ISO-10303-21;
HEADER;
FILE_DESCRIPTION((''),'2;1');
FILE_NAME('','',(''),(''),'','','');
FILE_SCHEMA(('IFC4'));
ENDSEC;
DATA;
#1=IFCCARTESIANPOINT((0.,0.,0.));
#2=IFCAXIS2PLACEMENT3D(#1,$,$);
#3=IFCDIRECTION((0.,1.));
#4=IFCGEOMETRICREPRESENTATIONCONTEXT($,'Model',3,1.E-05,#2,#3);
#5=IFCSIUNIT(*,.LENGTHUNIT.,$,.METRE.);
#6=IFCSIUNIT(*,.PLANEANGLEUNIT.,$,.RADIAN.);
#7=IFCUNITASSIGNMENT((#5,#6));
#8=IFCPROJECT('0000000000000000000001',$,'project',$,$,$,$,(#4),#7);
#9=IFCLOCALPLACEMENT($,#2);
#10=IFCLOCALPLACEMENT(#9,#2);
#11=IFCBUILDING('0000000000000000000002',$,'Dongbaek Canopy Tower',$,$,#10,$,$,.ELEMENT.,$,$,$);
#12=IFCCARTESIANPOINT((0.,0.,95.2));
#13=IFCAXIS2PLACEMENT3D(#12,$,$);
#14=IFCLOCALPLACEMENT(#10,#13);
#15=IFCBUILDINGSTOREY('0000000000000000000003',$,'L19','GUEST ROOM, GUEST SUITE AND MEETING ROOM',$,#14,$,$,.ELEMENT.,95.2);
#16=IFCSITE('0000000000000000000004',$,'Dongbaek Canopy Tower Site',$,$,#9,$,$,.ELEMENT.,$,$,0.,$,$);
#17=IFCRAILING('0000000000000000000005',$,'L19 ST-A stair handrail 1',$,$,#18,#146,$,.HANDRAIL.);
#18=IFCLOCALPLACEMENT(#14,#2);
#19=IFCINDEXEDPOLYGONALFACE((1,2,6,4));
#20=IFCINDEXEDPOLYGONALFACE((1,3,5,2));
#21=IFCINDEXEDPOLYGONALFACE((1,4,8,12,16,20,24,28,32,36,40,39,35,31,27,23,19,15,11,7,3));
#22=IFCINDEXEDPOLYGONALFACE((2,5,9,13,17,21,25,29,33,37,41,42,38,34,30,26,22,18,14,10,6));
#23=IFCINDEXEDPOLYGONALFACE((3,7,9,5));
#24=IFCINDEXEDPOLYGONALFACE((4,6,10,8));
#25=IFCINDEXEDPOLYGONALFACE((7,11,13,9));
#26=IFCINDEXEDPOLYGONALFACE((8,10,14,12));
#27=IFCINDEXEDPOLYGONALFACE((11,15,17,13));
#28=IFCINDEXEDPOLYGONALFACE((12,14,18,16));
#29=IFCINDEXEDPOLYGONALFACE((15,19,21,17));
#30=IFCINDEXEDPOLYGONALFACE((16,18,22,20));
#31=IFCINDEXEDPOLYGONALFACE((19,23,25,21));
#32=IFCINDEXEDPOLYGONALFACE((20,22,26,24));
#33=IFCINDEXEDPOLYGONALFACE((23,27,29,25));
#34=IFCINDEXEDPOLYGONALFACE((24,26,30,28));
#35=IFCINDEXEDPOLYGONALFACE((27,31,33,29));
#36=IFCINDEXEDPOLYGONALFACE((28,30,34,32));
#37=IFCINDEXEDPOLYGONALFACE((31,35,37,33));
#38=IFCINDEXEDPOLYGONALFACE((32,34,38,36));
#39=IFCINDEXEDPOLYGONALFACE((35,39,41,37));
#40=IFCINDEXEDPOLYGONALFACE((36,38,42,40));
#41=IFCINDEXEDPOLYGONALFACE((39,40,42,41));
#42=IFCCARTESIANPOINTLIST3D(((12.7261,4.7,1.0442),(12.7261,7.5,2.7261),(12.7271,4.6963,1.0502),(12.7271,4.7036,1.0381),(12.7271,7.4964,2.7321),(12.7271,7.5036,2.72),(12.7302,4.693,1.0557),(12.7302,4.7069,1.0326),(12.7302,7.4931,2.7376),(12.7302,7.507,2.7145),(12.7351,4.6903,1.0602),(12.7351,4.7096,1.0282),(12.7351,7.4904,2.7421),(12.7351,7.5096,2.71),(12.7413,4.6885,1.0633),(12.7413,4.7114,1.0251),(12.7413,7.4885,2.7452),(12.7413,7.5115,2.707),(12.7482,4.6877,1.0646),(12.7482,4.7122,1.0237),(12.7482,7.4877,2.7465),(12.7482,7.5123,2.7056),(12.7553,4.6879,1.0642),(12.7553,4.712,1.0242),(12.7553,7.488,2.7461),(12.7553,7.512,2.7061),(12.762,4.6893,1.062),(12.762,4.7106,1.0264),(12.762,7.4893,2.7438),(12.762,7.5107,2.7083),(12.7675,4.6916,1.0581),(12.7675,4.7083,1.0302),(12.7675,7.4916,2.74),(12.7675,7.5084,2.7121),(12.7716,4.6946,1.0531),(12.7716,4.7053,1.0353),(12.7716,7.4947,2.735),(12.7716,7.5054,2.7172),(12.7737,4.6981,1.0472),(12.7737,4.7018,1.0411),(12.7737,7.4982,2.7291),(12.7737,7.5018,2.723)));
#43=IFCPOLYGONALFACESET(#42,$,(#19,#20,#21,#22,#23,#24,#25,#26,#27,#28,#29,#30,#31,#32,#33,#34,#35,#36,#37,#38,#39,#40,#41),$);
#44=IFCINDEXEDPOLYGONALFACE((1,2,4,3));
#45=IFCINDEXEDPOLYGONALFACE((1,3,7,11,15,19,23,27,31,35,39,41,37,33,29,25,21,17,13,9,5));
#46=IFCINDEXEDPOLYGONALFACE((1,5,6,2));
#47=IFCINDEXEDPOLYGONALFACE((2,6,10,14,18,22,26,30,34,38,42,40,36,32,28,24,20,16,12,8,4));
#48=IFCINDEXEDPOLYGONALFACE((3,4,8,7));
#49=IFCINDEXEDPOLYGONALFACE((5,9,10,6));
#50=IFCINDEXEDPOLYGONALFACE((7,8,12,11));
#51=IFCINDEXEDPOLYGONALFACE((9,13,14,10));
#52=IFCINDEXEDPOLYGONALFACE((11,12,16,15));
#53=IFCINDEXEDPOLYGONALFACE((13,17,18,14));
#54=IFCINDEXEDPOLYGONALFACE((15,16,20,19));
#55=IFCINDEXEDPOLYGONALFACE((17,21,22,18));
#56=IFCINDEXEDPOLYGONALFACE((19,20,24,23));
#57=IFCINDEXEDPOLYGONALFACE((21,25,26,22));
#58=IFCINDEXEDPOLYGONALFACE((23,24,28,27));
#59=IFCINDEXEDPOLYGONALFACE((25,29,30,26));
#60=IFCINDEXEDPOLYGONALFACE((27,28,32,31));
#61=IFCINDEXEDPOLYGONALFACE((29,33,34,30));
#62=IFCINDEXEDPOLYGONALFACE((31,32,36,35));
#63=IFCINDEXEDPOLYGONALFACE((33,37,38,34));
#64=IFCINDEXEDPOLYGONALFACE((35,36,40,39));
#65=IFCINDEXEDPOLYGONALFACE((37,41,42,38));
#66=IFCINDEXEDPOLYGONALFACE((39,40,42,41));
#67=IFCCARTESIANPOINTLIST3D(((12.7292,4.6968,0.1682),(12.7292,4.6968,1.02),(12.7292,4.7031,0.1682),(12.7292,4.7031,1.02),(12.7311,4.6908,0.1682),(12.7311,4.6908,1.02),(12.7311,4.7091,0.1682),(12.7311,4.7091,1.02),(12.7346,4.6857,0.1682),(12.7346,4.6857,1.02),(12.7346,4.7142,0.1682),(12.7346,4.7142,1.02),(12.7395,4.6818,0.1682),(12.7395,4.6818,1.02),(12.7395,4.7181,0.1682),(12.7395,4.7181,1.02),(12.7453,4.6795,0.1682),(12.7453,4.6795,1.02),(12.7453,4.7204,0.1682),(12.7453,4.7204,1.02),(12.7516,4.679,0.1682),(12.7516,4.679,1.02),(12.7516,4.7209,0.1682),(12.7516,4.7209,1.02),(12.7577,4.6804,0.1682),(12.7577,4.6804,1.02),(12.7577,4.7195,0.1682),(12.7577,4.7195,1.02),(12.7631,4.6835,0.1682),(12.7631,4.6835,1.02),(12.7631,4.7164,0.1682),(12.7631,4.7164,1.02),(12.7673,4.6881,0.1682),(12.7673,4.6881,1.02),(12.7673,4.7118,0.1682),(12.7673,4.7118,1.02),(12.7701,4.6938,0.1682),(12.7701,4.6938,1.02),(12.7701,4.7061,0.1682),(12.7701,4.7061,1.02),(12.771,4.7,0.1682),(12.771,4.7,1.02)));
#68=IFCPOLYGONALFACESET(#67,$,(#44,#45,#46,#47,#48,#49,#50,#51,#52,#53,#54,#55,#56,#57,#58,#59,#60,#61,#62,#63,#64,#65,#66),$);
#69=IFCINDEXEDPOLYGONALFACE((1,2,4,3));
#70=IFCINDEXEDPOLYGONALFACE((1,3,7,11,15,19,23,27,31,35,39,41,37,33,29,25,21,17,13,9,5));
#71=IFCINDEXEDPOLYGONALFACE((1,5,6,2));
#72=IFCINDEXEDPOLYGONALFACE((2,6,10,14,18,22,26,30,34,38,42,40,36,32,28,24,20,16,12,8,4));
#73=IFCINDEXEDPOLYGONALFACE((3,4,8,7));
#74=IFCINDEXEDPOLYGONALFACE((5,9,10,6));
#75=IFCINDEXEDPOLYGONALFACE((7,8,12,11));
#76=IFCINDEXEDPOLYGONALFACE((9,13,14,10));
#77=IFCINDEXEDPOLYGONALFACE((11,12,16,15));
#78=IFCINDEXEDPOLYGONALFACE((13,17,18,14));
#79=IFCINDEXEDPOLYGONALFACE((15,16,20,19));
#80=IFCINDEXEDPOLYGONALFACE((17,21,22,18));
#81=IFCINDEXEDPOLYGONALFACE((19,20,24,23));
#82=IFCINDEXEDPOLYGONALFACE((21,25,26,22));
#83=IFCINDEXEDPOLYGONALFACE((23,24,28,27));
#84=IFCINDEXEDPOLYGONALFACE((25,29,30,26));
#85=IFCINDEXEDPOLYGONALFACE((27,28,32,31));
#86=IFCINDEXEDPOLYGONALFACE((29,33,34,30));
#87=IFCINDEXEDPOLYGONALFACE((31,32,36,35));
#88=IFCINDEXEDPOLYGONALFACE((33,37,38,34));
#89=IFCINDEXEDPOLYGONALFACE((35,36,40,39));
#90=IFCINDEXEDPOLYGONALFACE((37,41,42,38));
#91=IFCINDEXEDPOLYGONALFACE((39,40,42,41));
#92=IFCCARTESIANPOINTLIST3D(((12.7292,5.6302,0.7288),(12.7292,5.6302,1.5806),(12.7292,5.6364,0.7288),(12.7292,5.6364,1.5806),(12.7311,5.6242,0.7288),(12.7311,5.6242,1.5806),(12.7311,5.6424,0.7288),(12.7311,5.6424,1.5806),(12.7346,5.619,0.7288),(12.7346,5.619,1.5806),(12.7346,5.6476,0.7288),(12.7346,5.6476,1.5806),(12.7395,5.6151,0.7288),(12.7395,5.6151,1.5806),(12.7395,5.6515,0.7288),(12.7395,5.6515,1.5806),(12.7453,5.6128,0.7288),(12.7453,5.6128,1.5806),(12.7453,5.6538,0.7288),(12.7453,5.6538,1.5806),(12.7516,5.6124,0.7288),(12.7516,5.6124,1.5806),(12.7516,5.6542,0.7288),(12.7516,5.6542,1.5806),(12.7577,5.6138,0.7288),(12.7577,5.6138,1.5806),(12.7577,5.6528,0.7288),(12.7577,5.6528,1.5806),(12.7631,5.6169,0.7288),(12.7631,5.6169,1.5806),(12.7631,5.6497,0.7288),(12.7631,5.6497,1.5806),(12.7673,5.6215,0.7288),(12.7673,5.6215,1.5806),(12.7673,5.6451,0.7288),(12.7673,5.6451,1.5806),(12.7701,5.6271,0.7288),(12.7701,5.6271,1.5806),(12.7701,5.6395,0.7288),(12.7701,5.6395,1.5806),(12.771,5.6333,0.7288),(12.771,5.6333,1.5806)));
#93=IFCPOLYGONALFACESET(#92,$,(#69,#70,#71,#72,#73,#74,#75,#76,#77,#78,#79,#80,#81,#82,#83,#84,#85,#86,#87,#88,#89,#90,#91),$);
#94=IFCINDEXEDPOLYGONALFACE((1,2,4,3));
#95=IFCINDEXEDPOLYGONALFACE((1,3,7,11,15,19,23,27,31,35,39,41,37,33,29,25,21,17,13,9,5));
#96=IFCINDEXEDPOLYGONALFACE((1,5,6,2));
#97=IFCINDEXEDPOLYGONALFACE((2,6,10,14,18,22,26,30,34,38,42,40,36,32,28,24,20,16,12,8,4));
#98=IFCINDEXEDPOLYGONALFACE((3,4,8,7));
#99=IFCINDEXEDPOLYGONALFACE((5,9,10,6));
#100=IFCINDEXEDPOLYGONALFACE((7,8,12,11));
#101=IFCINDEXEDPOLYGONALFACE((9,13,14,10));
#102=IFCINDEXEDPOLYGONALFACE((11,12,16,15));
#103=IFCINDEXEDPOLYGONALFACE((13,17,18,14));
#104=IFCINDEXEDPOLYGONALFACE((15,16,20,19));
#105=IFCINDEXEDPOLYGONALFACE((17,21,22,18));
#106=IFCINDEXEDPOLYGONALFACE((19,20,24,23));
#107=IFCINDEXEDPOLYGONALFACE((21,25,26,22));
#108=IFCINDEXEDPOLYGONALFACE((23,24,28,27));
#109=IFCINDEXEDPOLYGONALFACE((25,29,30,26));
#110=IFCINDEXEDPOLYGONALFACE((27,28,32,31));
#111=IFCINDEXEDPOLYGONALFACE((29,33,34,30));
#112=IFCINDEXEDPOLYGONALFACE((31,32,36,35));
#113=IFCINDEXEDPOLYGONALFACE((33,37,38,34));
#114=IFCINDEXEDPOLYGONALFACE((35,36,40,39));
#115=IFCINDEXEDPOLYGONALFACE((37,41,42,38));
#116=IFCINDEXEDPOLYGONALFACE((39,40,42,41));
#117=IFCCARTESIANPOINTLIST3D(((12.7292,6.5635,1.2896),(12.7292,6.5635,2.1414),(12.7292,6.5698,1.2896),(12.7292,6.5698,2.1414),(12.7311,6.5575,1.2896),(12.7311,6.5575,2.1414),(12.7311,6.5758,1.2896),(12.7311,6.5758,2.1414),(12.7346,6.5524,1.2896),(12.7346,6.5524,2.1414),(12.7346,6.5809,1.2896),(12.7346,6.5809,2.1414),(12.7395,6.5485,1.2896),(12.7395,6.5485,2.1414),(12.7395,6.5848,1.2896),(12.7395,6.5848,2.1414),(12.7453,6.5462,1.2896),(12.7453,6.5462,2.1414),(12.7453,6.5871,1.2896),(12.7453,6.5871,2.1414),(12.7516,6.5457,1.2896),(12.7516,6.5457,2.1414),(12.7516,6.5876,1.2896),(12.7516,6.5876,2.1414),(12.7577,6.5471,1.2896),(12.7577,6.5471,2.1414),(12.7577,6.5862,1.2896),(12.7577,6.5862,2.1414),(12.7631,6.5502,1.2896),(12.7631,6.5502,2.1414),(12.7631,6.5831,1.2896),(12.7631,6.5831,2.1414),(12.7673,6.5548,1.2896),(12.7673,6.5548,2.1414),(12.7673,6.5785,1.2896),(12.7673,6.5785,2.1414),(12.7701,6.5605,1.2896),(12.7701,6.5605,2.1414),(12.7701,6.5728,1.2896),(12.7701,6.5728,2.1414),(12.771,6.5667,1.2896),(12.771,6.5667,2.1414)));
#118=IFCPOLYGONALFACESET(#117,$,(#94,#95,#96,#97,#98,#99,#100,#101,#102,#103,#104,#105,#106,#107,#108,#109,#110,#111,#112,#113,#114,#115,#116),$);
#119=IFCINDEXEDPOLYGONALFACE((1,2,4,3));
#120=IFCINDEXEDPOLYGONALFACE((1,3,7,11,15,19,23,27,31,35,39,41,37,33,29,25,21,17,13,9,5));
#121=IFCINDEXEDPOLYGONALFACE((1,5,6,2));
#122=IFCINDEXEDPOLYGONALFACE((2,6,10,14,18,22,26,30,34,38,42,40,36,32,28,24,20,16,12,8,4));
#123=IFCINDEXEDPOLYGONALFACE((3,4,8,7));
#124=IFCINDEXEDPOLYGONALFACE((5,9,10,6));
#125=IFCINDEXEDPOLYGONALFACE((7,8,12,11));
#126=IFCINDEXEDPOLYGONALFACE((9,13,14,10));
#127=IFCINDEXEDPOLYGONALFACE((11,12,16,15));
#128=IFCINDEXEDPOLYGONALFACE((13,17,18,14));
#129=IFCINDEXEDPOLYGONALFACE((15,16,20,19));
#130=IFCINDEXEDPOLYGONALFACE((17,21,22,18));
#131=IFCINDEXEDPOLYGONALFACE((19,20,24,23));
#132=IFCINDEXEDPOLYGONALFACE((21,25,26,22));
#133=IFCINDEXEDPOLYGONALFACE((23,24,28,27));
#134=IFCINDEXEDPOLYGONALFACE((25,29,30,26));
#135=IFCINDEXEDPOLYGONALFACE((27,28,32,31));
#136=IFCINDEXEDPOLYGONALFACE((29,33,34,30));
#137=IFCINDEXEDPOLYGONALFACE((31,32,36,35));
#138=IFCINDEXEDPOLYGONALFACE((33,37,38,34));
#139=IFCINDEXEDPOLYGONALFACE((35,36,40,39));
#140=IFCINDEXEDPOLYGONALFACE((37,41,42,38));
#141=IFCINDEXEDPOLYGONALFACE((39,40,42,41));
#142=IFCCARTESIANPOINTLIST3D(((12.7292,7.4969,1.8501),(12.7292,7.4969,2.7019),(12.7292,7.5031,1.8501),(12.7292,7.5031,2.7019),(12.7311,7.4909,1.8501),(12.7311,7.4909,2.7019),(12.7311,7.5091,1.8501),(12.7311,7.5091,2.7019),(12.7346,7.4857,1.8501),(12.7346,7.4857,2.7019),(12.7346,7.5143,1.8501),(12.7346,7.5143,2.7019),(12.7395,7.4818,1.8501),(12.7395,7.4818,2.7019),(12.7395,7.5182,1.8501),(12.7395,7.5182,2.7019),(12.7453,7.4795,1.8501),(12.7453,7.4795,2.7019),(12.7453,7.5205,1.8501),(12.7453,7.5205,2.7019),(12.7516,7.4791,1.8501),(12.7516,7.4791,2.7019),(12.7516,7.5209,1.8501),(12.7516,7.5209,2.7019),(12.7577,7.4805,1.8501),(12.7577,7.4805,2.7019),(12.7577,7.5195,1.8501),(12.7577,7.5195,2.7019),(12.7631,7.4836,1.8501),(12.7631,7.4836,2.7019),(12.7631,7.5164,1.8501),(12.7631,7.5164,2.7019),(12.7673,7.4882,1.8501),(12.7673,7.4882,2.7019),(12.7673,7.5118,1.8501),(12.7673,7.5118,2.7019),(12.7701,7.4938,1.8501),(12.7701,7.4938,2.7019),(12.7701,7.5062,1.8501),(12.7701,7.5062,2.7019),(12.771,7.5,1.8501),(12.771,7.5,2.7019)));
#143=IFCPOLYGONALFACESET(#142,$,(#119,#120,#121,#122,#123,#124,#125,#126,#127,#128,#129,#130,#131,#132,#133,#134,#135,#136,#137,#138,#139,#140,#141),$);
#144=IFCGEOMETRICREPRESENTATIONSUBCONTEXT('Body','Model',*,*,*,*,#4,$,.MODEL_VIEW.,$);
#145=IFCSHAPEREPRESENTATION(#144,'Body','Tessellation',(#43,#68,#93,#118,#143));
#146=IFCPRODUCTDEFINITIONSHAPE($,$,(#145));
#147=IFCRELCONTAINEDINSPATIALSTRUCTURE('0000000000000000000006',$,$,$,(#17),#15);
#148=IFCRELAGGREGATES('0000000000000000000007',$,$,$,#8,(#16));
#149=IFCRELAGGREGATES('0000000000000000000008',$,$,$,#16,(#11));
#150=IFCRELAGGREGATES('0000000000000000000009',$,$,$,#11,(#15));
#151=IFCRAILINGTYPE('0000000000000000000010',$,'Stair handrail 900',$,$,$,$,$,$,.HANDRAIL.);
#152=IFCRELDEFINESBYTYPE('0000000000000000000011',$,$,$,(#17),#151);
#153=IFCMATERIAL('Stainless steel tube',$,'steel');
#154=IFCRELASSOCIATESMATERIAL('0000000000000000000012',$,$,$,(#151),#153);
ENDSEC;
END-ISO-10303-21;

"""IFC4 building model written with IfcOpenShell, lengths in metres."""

from ifc_helpers import new_model, si_unit, direction, frame, origin, origin_2d, place, context, subcontext, project, spatial, circle, extrude, material, type_object, element, save


model = new_model("IFC4")

# Units and contexts
model_context = context("Model", 3, precision=1e-05, world=origin(), true_north=direction((0.0, 1.0)))
body_context = subcontext(model_context, "Body", "Model", "MODEL_VIEW")
ifc_project = project(units=[si_unit("LENGTHUNIT", "METRE"), si_unit("PLANEANGLEUNIT", "RADIAN")], contexts=[model_context])

# Site, building, storey
site_placement = place(None, origin())
site = spatial("IfcSite", under=ifc_project, at=site_placement, Name="Dongbaek Canopy Tower Site", CompositionType="ELEMENT", RefElevation=0.0)
building_placement = place(site_placement, origin())
building = spatial("IfcBuilding", under=site, at=building_placement, Name="Dongbaek Canopy Tower", CompositionType="ELEMENT")
storey_placement = place(building_placement, frame((0.0, 0.0, 95.2)))
storey = spatial("IfcBuildingStorey", under=building, at=storey_placement, Name="L19", Description="GUEST ROOM, GUEST SUITE AND MEETING ROOM", CompositionType="ELEMENT", Elevation=95.2)

# Railing
ifc_material_1 = material(Name="Stainless steel tube", Category="steel")
railing_type_1 = type_object("IfcRailingType", Name="Stair handrail 900", PredefinedType="HANDRAIL", material=ifc_material_1)
railing_1_placement = place(storey_placement, frame((12.75, 4.7, 0.1682)))
element("IfcRailing", 1, at=railing_1_placement, inside=storey, type_object=railing_type_1, Name="L19 ST-A stair handrail 1", PredefinedType="HANDRAIL", context=body_context, shape_type="SweptSolid", body=[
    extrude(circle(Radius=0.0239, at=origin_2d()), frame((0.0, 0.0, 0.876), z_axis=(0.0, 0.857242, 0.514913), x_axis=(-1.0, 0.0, 0.0)), (0.0, 0.0, 1.0), 3.2664),
    extrude(circle(Radius=0.021, at=origin_2d()), origin(), (0.0, 0.0, 1.0), 0.8518),
    extrude(circle(Radius=0.021, at=origin_2d()), frame((0.0, 0.9333, 0.5605)), (0.0, 0.0, 1.0), 0.8518),
    extrude(circle(Radius=0.021, at=origin_2d()), frame((0.0, 1.8667, 1.1213)), (0.0, 0.0, 1.0), 0.8518),
    extrude(circle(Radius=0.021, at=origin_2d()), frame((0.0, 2.8, 1.6819)), (0.0, 0.0, 1.0), 0.8518),
])

save(model, "model.ifc")
